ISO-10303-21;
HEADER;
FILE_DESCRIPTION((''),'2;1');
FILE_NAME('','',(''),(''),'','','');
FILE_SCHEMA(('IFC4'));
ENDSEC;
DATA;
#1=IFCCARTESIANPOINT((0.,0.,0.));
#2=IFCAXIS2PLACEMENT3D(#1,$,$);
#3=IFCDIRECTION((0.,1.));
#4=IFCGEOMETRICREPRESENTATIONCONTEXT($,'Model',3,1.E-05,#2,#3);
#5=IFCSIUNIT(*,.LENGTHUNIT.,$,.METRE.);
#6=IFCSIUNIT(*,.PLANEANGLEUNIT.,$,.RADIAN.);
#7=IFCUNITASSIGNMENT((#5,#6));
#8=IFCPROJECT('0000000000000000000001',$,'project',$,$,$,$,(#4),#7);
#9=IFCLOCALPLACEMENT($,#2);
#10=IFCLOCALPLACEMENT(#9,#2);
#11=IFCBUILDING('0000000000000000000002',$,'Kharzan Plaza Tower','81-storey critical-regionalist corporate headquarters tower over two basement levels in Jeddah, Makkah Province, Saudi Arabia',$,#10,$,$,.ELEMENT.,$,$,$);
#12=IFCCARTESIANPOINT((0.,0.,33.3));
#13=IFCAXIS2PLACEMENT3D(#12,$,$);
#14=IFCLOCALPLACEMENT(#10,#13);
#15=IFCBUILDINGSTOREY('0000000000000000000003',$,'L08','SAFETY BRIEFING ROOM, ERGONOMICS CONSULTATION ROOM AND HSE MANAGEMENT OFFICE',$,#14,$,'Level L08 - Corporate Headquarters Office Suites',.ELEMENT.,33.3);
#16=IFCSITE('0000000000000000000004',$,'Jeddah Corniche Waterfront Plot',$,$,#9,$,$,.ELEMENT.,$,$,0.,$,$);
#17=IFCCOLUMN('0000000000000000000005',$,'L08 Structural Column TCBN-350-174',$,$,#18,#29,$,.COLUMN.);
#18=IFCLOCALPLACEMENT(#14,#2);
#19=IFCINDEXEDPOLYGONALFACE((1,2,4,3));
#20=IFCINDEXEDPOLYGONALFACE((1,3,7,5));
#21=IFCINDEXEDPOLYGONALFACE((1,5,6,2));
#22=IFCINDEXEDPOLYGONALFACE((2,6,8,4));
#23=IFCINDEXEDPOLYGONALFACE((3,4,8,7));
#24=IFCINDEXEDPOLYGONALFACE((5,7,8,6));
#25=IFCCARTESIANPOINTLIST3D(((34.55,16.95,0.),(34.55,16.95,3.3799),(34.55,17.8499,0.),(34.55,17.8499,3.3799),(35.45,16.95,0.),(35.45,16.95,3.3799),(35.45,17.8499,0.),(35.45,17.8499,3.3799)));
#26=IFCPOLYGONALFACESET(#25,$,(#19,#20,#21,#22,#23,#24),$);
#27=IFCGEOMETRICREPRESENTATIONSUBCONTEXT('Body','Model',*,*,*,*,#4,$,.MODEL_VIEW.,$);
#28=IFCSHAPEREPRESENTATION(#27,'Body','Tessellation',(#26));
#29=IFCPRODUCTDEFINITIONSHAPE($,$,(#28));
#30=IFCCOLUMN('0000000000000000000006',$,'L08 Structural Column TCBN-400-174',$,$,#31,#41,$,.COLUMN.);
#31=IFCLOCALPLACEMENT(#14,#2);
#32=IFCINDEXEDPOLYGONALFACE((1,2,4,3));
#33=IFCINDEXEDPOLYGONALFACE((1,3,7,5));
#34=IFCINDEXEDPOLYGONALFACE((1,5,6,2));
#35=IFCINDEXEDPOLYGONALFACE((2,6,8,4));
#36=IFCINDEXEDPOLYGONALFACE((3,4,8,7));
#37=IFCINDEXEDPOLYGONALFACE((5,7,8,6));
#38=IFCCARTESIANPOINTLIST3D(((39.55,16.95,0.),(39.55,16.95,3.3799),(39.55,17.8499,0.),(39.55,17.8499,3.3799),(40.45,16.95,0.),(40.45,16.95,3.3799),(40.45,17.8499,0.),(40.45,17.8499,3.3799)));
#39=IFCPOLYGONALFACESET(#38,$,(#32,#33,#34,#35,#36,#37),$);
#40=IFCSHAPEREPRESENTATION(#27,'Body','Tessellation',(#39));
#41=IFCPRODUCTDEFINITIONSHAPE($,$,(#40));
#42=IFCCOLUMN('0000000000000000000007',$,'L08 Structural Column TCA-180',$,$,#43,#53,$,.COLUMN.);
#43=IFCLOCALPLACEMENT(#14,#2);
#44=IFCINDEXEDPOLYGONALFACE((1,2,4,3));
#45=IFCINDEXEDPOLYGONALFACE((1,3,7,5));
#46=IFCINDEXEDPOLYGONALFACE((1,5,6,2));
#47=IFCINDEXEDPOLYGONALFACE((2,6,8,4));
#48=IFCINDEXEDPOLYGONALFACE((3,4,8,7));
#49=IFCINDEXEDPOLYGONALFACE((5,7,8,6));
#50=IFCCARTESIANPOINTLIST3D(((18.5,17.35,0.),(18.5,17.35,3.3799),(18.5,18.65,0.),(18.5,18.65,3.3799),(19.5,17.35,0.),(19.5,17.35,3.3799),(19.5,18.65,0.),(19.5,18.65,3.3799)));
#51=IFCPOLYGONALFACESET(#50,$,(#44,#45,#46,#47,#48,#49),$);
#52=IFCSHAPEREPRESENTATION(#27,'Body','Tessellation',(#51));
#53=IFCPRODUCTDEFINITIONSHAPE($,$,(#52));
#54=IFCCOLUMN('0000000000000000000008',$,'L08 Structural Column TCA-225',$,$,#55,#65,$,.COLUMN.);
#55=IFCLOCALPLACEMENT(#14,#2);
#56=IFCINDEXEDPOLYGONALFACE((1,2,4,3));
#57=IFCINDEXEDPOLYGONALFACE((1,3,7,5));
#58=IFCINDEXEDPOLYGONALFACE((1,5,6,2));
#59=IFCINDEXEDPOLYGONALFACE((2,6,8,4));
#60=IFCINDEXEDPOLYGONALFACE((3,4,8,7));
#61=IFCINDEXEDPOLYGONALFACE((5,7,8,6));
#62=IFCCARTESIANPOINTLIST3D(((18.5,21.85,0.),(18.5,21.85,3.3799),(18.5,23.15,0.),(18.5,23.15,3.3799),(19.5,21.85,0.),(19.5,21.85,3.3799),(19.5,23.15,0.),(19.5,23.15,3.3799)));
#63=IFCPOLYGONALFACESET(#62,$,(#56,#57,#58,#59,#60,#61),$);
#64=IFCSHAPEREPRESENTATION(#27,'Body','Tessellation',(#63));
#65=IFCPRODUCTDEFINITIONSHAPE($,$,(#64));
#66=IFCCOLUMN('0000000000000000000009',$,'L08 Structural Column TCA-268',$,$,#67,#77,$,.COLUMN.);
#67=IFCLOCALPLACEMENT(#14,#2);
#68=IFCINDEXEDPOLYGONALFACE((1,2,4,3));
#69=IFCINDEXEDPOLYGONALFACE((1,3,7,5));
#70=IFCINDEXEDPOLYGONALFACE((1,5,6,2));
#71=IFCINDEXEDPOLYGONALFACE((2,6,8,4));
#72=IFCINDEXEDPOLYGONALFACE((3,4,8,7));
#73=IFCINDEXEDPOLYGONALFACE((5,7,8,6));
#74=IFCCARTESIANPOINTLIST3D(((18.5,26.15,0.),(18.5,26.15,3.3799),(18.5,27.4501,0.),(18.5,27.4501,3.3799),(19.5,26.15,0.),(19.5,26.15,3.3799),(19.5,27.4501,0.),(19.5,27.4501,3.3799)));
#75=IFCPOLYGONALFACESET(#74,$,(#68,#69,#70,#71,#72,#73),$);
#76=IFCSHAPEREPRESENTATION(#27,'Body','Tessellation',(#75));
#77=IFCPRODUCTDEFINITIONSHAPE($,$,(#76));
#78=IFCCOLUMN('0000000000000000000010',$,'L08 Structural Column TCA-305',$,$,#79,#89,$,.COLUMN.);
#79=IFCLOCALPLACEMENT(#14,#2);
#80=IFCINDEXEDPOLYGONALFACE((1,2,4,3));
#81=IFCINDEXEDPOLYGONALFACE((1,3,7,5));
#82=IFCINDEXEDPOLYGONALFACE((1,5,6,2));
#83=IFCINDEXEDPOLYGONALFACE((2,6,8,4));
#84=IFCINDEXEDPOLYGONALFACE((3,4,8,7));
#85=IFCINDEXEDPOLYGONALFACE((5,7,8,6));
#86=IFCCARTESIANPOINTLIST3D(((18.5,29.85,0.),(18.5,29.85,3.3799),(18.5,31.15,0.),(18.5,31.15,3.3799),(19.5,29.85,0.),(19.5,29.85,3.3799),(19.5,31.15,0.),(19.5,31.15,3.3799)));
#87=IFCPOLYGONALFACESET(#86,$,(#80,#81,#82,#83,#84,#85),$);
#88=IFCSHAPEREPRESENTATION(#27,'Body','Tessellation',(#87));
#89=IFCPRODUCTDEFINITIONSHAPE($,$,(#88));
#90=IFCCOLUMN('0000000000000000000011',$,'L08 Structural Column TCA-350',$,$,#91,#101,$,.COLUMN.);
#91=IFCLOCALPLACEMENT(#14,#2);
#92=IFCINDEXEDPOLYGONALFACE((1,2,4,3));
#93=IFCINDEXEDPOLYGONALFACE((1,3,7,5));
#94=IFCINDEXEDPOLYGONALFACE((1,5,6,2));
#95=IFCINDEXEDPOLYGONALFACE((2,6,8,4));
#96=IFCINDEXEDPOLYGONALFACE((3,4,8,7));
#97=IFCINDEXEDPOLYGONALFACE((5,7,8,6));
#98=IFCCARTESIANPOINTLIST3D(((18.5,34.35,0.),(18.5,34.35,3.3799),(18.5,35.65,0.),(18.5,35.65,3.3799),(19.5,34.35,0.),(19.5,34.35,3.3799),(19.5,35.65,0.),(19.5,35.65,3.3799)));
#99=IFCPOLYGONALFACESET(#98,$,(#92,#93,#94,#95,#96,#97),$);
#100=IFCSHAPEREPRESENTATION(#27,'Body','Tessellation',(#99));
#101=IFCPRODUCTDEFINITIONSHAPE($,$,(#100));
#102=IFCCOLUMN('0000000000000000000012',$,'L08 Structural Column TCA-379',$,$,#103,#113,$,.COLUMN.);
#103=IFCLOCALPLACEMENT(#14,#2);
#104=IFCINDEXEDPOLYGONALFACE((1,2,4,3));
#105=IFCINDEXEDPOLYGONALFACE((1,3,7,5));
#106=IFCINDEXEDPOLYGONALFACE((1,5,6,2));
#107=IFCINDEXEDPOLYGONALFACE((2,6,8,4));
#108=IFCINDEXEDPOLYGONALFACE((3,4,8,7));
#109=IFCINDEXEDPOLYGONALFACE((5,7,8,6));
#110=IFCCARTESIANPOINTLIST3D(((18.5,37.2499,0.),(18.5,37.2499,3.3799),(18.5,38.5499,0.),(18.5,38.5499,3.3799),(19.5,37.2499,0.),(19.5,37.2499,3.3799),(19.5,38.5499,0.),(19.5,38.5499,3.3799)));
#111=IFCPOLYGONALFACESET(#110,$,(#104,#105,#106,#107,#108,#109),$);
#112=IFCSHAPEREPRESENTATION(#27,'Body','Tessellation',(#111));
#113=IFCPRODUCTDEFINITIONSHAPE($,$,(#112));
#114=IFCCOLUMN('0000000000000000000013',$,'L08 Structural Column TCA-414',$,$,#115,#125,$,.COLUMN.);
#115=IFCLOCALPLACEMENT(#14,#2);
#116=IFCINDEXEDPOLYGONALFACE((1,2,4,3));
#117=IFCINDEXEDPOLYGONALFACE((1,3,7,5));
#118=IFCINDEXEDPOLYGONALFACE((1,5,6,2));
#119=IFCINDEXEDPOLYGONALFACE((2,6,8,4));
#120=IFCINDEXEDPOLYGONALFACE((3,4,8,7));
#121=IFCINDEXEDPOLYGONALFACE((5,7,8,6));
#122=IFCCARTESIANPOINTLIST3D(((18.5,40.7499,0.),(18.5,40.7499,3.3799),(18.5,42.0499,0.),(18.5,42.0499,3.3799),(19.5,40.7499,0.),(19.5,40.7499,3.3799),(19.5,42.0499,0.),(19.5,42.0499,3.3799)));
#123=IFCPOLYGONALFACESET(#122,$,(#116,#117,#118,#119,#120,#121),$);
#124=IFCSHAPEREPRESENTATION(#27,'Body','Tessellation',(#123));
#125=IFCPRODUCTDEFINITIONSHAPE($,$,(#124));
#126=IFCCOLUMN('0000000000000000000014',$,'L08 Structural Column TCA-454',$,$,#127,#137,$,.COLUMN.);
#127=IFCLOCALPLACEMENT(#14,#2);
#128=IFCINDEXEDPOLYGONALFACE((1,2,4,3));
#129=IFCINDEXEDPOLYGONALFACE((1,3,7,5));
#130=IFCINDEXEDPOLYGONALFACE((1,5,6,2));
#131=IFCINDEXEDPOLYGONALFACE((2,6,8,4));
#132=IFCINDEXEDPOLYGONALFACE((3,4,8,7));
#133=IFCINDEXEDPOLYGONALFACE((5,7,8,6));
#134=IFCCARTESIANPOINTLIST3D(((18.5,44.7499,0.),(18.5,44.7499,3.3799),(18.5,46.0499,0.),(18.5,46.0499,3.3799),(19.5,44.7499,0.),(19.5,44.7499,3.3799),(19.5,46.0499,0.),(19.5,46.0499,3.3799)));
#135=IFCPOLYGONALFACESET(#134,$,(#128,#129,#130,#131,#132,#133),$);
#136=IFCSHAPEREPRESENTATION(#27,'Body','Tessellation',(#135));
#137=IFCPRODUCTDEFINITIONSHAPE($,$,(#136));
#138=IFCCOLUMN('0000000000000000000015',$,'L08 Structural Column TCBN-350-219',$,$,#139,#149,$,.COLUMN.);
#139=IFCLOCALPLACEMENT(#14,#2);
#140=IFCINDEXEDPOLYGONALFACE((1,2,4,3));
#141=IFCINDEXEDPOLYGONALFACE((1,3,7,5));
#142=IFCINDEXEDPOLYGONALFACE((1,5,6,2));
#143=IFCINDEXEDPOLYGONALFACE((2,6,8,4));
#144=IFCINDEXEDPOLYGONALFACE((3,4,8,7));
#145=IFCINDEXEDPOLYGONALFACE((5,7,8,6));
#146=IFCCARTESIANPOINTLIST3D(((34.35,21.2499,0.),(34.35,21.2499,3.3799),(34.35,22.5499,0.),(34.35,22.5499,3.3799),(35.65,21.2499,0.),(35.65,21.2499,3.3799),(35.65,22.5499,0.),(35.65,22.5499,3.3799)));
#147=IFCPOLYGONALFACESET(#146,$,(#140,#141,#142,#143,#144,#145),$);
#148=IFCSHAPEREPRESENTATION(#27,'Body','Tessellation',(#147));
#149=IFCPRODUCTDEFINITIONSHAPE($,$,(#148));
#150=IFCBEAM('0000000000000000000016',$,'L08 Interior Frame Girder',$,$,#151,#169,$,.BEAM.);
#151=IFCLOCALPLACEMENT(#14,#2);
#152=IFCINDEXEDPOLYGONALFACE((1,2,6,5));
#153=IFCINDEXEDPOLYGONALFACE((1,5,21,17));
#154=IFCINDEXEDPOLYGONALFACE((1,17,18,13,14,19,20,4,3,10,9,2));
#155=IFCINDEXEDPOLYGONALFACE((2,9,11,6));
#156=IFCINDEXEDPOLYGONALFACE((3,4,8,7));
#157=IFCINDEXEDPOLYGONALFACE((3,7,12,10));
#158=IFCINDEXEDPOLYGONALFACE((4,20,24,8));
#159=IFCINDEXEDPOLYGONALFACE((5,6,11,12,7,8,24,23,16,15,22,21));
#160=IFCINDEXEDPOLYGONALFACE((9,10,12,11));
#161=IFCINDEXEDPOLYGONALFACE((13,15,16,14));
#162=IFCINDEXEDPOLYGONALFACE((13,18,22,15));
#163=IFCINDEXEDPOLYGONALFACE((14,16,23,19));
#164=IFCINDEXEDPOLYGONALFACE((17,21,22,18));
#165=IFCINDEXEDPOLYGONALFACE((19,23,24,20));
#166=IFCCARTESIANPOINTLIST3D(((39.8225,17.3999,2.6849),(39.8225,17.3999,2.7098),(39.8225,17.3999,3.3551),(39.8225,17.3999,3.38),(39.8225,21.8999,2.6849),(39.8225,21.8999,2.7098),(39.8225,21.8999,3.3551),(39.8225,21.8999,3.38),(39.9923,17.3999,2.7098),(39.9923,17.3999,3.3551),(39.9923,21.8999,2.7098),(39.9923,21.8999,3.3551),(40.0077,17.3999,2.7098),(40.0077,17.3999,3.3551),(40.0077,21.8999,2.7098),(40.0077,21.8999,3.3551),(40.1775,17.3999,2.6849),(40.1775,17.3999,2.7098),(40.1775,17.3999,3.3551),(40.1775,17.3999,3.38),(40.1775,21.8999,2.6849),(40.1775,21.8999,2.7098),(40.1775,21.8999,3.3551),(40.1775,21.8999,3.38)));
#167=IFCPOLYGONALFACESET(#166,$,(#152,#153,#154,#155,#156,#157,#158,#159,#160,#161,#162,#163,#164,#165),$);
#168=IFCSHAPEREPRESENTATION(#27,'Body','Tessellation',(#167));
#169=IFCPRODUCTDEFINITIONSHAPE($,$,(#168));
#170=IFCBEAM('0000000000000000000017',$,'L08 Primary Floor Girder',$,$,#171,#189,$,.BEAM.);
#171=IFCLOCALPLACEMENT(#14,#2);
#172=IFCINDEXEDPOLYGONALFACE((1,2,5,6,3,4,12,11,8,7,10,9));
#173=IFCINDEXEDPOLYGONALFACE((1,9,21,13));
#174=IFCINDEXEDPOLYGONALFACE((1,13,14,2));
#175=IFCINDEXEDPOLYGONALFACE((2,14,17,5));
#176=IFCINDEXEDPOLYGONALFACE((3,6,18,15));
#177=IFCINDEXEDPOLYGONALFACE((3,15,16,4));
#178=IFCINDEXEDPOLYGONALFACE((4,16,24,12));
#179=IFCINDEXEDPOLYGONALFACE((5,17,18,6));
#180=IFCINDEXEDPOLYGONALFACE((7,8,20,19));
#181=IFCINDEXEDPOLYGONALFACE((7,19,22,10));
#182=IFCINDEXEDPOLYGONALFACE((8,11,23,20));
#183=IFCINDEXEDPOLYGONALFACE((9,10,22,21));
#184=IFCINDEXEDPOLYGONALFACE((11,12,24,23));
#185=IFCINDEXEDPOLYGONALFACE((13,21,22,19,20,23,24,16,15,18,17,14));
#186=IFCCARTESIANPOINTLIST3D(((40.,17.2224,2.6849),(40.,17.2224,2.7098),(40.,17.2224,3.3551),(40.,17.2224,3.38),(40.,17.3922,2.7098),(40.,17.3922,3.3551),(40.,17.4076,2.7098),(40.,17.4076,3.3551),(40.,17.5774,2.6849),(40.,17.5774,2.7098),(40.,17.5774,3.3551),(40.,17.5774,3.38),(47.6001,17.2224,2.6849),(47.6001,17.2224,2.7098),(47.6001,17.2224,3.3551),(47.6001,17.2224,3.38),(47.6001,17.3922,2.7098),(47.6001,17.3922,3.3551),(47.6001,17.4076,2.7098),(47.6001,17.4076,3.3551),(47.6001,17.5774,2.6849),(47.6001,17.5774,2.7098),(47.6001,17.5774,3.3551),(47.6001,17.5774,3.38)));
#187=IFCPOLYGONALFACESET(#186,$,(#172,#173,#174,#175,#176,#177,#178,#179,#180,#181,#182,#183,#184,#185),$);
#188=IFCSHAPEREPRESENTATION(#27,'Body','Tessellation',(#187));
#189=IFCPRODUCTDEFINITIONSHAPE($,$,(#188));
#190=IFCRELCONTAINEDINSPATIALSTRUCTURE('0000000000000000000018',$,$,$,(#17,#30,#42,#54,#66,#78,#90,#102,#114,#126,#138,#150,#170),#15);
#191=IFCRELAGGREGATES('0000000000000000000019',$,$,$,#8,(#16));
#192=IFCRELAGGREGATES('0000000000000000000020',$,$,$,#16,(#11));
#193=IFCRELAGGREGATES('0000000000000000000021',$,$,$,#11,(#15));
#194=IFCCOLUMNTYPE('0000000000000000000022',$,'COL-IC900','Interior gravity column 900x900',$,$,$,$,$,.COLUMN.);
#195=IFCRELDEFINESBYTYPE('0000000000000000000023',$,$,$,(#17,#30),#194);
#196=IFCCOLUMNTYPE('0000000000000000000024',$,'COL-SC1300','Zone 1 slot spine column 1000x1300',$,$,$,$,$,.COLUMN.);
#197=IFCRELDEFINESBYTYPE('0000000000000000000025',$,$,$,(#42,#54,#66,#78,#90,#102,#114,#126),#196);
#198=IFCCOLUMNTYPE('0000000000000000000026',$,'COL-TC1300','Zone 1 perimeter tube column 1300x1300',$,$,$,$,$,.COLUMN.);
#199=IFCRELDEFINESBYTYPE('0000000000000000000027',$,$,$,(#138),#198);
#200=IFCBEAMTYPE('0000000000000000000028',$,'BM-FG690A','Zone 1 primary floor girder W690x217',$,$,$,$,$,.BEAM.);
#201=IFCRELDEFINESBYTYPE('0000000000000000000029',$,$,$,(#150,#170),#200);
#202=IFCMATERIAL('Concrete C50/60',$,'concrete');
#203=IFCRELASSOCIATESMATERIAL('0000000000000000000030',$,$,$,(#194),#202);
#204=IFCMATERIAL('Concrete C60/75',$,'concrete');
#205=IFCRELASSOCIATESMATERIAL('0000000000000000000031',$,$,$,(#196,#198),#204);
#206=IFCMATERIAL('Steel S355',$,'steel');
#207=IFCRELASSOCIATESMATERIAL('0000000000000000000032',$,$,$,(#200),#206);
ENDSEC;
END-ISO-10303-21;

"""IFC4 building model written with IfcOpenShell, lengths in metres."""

from ifc_helpers import new_model, si_unit, direction, frame, origin, origin_2d, place, context, subcontext, project, spatial, rectangle, i_section, extrude, source, transform, mapped, material, material_profile, profile_set, type_object, element, save


model = new_model("IFC4")

# Units and contexts
model_context = context("Model", 3, precision=1e-05, world=origin(), true_north=direction((0.0, 1.0)))
body_context = subcontext(model_context, "Body", "Model", "MODEL_VIEW")
ifc_project = project(units=[si_unit("LENGTHUNIT", "METRE"), si_unit("PLANEANGLEUNIT", "RADIAN")], contexts=[model_context])

# Site, building, storey
site_placement = place(None, origin())
site = spatial("IfcSite", under=ifc_project, at=site_placement, Name="Jeddah Corniche Waterfront Plot", CompositionType="ELEMENT", RefElevation=0.0)
building_placement = place(site_placement, origin())
building = spatial("IfcBuilding", under=site, at=building_placement, Name="Kharzan Plaza Tower", Description="81-storey critical-regionalist corporate headquarters tower over two basement levels in Jeddah, Makkah Province, Saudi Arabia", CompositionType="ELEMENT")
storey_placement = place(building_placement, frame((0.0, 0.0, 33.3)))
storey = spatial("IfcBuildingStorey", under=building, at=storey_placement, Name="L08", Description="SAFETY BRIEFING ROOM, ERGONOMICS CONSULTATION ROOM AND HSE MANAGEMENT OFFICE", LongName="Level L08 - Corporate Headquarters Office Suites", CompositionType="ELEMENT", Elevation=33.3)

# Columns
ifc_material_1 = material(Name="Concrete C50/60", Category="concrete")
ifc_material_profile_1 = material_profile(ifc_material_1, rectangle(XDim=0.8999, YDim=0.8999, at=origin_2d()), Name="RC-IC900x900")
ifc_profile_set_1 = profile_set([ifc_material_profile_1], Name="Concrete C50/60")
column_type_1 = type_object("IfcColumnType", Name="COL-IC900", Description="Interior gravity column 900x900", PredefinedType="COLUMN", material=ifc_profile_set_1)
shared_shape_1 = source(origin(), body_context, "Body", "SweptSolid", [
    extrude(rectangle(XDim=0.8999, YDim=0.8999, at=origin_2d()), origin(), (0.0, 0.0, 1.0), 3.3799),
])
for number, where, z_axis, x_axis, name in (
    (1, (35.0, 17.3999, 0.0), (0.0, 0.0, 1.0), (1.0, 0.0, 0.0), "L08 Structural Column TCBN-350-174"),
    (2, (40.0, 17.3999, 0.0), (0.0, 0.0, 1.0), (1.0, 0.0, 0.0), "L08 Structural Column TCBN-400-174"),
):
    element("IfcColumn", number, at=place(storey_placement, frame(where, z_axis=z_axis, x_axis=x_axis)), inside=storey, type_object=column_type_1, Name=name, PredefinedType="COLUMN", context=body_context, shape_type="MappedRepresentation", body=[
        mapped(shared_shape_1, transform((0.0, 0.0, 0.0), x_axis=(1.0, 0.0, 0.0), y_axis=(0.0, 1.0, 0.0), z_axis=(0.0, 0.0, 1.0))),
    ])
ifc_material_2 = material(Name="Concrete C60/75", Category="concrete")
ifc_material_profile_2 = material_profile(ifc_material_2, rectangle(XDim=1.0, YDim=1.3, at=origin_2d()), Name="RC-SC1300x1000")
ifc_profile_set_2 = profile_set([ifc_material_profile_2], Name="Concrete C60/75")
column_type_2 = type_object("IfcColumnType", Name="COL-SC1300", Description="Zone 1 slot spine column 1000x1300", PredefinedType="COLUMN", material=ifc_profile_set_2)
shared_shape_2 = source(origin(), body_context, "Body", "SweptSolid", [
    extrude(rectangle(XDim=1.0, YDim=1.3, at=origin_2d()), origin(), (0.0, 0.0, 1.0), 3.3799),
])
for number, where, z_axis, x_axis, name in (
    (3, (19.0, 18.0, 0.0), (0.0, 0.0, 1.0), (1.0, 0.0, 0.0), "L08 Structural Column TCA-180"),
    (4, (19.0, 22.5, 0.0), (0.0, 0.0, 1.0), (1.0, 0.0, 0.0), "L08 Structural Column TCA-225"),
    (5, (19.0, 26.8, 0.0), (0.0, 0.0, 1.0), (1.0, 0.0, 0.0), "L08 Structural Column TCA-268"),
    (6, (19.0, 30.5, 0.0), (0.0, 0.0, 1.0), (1.0, 0.0, 0.0), "L08 Structural Column TCA-305"),
    (7, (19.0, 35.0, 0.0), (0.0, 0.0, 1.0), (1.0, 0.0, 0.0), "L08 Structural Column TCA-350"),
    (8, (19.0, 37.8999, 0.0), (0.0, 0.0, 1.0), (1.0, 0.0, 0.0), "L08 Structural Column TCA-379"),
    (9, (19.0, 41.3999, 0.0), (0.0, 0.0, 1.0), (1.0, 0.0, 0.0), "L08 Structural Column TCA-414"),
    (10, (19.0, 45.3999, 0.0), (0.0, 0.0, 1.0), (1.0, 0.0, 0.0), "L08 Structural Column TCA-454"),
):
    element("IfcColumn", number, at=place(storey_placement, frame(where, z_axis=z_axis, x_axis=x_axis)), inside=storey, type_object=column_type_2, Name=name, PredefinedType="COLUMN", context=body_context, shape_type="MappedRepresentation", body=[
        mapped(shared_shape_2, transform((0.0, 0.0, 0.0), x_axis=(1.0, 0.0, 0.0), y_axis=(0.0, 1.0, 0.0), z_axis=(0.0, 0.0, 1.0))),
    ])
ifc_material_profile_3 = material_profile(ifc_material_2, rectangle(XDim=1.3, YDim=1.3, at=origin_2d()), Name="RC-TC1300x1300")
ifc_profile_set_3 = profile_set([ifc_material_profile_3], Name="Concrete C60/75")
column_type_3 = type_object("IfcColumnType", Name="COL-TC1300", Description="Zone 1 perimeter tube column 1300x1300", PredefinedType="COLUMN", material=ifc_profile_set_3)
shared_shape_3 = source(origin(), body_context, "Body", "SweptSolid", [
    extrude(rectangle(XDim=1.3, YDim=1.3, at=origin_2d()), origin(), (0.0, 0.0, 1.0), 3.3799),
])
column_placement = place(storey_placement, frame((35.0, 21.8999, 0.0), z_axis=(0.0, 0.0, 1.0), x_axis=(1.0, 0.0, 0.0)))
element("IfcColumn", 11, at=column_placement, inside=storey, type_object=column_type_3, Name="L08 Structural Column TCBN-350-219", PredefinedType="COLUMN", context=body_context, shape_type="MappedRepresentation", body=[
    mapped(shared_shape_3, transform((0.0, 0.0, 0.0), x_axis=(1.0, 0.0, 0.0), y_axis=(0.0, 1.0, 0.0), z_axis=(0.0, 0.0, 1.0))),
])

# Beams
ifc_material_3 = material(Name="Steel S355", Category="steel")
ifc_material_profile_4 = material_profile(ifc_material_3, i_section(OverallWidth=0.355, OverallDepth=0.6951, WebThickness=0.0154, FlangeThickness=0.0249, at=origin_2d()), Name="W690x217")
ifc_profile_set_4 = profile_set([ifc_material_profile_4], Name="Steel S355")
beam_type_1 = type_object("IfcBeamType", Name="BM-FG690A", Description="Zone 1 primary floor girder W690x217", PredefinedType="BEAM", material=ifc_profile_set_4)
shared_shape_4 = source(origin(), body_context, "Body", "SweptSolid", [
    extrude(i_section(OverallWidth=0.355, OverallDepth=0.6951, WebThickness=0.0154, FlangeThickness=0.0249, at=origin_2d()), origin(), (0.0, 0.0, 1.0), 4.5),
])
beam_1_placement = place(storey_placement, frame((40.0, 17.3999, 3.0325), z_axis=(0.0, 1.0, 0.0), x_axis=(-1.0, 0.0, 0.0)))
element("IfcBeam", 12, at=beam_1_placement, inside=storey, type_object=beam_type_1, Name="L08 Interior Frame Girder", PredefinedType="BEAM", context=body_context, shape_type="MappedRepresentation", body=[
    mapped(shared_shape_4, transform((0.0, 0.0, 0.0), x_axis=(1.0, 0.0, 0.0), y_axis=(0.0, 1.0, 0.0), z_axis=(0.0, 0.0, 1.0))),
])
shared_shape_5 = source(origin(), body_context, "Body", "SweptSolid", [
    extrude(i_section(OverallWidth=0.355, OverallDepth=0.6951, WebThickness=0.0154, FlangeThickness=0.0249, at=origin_2d()), origin(), (0.0, 0.0, 1.0), 7.6001),
])
beam_2_placement = place(storey_placement, frame((40.0, 17.3999, 3.0325), z_axis=(1.0, 0.0, 0.0), x_axis=(0.0, 1.0, 0.0)))
element("IfcBeam", 13, at=beam_2_placement, inside=storey, type_object=beam_type_1, Name="L08 Primary Floor Girder", PredefinedType="BEAM", context=body_context, shape_type="MappedRepresentation", body=[
    mapped(shared_shape_5, transform((0.0, 0.0, 0.0), x_axis=(1.0, 0.0, 0.0), y_axis=(0.0, 1.0, 0.0), z_axis=(0.0, 0.0, 1.0))),
])

save(model, "model.ifc")
